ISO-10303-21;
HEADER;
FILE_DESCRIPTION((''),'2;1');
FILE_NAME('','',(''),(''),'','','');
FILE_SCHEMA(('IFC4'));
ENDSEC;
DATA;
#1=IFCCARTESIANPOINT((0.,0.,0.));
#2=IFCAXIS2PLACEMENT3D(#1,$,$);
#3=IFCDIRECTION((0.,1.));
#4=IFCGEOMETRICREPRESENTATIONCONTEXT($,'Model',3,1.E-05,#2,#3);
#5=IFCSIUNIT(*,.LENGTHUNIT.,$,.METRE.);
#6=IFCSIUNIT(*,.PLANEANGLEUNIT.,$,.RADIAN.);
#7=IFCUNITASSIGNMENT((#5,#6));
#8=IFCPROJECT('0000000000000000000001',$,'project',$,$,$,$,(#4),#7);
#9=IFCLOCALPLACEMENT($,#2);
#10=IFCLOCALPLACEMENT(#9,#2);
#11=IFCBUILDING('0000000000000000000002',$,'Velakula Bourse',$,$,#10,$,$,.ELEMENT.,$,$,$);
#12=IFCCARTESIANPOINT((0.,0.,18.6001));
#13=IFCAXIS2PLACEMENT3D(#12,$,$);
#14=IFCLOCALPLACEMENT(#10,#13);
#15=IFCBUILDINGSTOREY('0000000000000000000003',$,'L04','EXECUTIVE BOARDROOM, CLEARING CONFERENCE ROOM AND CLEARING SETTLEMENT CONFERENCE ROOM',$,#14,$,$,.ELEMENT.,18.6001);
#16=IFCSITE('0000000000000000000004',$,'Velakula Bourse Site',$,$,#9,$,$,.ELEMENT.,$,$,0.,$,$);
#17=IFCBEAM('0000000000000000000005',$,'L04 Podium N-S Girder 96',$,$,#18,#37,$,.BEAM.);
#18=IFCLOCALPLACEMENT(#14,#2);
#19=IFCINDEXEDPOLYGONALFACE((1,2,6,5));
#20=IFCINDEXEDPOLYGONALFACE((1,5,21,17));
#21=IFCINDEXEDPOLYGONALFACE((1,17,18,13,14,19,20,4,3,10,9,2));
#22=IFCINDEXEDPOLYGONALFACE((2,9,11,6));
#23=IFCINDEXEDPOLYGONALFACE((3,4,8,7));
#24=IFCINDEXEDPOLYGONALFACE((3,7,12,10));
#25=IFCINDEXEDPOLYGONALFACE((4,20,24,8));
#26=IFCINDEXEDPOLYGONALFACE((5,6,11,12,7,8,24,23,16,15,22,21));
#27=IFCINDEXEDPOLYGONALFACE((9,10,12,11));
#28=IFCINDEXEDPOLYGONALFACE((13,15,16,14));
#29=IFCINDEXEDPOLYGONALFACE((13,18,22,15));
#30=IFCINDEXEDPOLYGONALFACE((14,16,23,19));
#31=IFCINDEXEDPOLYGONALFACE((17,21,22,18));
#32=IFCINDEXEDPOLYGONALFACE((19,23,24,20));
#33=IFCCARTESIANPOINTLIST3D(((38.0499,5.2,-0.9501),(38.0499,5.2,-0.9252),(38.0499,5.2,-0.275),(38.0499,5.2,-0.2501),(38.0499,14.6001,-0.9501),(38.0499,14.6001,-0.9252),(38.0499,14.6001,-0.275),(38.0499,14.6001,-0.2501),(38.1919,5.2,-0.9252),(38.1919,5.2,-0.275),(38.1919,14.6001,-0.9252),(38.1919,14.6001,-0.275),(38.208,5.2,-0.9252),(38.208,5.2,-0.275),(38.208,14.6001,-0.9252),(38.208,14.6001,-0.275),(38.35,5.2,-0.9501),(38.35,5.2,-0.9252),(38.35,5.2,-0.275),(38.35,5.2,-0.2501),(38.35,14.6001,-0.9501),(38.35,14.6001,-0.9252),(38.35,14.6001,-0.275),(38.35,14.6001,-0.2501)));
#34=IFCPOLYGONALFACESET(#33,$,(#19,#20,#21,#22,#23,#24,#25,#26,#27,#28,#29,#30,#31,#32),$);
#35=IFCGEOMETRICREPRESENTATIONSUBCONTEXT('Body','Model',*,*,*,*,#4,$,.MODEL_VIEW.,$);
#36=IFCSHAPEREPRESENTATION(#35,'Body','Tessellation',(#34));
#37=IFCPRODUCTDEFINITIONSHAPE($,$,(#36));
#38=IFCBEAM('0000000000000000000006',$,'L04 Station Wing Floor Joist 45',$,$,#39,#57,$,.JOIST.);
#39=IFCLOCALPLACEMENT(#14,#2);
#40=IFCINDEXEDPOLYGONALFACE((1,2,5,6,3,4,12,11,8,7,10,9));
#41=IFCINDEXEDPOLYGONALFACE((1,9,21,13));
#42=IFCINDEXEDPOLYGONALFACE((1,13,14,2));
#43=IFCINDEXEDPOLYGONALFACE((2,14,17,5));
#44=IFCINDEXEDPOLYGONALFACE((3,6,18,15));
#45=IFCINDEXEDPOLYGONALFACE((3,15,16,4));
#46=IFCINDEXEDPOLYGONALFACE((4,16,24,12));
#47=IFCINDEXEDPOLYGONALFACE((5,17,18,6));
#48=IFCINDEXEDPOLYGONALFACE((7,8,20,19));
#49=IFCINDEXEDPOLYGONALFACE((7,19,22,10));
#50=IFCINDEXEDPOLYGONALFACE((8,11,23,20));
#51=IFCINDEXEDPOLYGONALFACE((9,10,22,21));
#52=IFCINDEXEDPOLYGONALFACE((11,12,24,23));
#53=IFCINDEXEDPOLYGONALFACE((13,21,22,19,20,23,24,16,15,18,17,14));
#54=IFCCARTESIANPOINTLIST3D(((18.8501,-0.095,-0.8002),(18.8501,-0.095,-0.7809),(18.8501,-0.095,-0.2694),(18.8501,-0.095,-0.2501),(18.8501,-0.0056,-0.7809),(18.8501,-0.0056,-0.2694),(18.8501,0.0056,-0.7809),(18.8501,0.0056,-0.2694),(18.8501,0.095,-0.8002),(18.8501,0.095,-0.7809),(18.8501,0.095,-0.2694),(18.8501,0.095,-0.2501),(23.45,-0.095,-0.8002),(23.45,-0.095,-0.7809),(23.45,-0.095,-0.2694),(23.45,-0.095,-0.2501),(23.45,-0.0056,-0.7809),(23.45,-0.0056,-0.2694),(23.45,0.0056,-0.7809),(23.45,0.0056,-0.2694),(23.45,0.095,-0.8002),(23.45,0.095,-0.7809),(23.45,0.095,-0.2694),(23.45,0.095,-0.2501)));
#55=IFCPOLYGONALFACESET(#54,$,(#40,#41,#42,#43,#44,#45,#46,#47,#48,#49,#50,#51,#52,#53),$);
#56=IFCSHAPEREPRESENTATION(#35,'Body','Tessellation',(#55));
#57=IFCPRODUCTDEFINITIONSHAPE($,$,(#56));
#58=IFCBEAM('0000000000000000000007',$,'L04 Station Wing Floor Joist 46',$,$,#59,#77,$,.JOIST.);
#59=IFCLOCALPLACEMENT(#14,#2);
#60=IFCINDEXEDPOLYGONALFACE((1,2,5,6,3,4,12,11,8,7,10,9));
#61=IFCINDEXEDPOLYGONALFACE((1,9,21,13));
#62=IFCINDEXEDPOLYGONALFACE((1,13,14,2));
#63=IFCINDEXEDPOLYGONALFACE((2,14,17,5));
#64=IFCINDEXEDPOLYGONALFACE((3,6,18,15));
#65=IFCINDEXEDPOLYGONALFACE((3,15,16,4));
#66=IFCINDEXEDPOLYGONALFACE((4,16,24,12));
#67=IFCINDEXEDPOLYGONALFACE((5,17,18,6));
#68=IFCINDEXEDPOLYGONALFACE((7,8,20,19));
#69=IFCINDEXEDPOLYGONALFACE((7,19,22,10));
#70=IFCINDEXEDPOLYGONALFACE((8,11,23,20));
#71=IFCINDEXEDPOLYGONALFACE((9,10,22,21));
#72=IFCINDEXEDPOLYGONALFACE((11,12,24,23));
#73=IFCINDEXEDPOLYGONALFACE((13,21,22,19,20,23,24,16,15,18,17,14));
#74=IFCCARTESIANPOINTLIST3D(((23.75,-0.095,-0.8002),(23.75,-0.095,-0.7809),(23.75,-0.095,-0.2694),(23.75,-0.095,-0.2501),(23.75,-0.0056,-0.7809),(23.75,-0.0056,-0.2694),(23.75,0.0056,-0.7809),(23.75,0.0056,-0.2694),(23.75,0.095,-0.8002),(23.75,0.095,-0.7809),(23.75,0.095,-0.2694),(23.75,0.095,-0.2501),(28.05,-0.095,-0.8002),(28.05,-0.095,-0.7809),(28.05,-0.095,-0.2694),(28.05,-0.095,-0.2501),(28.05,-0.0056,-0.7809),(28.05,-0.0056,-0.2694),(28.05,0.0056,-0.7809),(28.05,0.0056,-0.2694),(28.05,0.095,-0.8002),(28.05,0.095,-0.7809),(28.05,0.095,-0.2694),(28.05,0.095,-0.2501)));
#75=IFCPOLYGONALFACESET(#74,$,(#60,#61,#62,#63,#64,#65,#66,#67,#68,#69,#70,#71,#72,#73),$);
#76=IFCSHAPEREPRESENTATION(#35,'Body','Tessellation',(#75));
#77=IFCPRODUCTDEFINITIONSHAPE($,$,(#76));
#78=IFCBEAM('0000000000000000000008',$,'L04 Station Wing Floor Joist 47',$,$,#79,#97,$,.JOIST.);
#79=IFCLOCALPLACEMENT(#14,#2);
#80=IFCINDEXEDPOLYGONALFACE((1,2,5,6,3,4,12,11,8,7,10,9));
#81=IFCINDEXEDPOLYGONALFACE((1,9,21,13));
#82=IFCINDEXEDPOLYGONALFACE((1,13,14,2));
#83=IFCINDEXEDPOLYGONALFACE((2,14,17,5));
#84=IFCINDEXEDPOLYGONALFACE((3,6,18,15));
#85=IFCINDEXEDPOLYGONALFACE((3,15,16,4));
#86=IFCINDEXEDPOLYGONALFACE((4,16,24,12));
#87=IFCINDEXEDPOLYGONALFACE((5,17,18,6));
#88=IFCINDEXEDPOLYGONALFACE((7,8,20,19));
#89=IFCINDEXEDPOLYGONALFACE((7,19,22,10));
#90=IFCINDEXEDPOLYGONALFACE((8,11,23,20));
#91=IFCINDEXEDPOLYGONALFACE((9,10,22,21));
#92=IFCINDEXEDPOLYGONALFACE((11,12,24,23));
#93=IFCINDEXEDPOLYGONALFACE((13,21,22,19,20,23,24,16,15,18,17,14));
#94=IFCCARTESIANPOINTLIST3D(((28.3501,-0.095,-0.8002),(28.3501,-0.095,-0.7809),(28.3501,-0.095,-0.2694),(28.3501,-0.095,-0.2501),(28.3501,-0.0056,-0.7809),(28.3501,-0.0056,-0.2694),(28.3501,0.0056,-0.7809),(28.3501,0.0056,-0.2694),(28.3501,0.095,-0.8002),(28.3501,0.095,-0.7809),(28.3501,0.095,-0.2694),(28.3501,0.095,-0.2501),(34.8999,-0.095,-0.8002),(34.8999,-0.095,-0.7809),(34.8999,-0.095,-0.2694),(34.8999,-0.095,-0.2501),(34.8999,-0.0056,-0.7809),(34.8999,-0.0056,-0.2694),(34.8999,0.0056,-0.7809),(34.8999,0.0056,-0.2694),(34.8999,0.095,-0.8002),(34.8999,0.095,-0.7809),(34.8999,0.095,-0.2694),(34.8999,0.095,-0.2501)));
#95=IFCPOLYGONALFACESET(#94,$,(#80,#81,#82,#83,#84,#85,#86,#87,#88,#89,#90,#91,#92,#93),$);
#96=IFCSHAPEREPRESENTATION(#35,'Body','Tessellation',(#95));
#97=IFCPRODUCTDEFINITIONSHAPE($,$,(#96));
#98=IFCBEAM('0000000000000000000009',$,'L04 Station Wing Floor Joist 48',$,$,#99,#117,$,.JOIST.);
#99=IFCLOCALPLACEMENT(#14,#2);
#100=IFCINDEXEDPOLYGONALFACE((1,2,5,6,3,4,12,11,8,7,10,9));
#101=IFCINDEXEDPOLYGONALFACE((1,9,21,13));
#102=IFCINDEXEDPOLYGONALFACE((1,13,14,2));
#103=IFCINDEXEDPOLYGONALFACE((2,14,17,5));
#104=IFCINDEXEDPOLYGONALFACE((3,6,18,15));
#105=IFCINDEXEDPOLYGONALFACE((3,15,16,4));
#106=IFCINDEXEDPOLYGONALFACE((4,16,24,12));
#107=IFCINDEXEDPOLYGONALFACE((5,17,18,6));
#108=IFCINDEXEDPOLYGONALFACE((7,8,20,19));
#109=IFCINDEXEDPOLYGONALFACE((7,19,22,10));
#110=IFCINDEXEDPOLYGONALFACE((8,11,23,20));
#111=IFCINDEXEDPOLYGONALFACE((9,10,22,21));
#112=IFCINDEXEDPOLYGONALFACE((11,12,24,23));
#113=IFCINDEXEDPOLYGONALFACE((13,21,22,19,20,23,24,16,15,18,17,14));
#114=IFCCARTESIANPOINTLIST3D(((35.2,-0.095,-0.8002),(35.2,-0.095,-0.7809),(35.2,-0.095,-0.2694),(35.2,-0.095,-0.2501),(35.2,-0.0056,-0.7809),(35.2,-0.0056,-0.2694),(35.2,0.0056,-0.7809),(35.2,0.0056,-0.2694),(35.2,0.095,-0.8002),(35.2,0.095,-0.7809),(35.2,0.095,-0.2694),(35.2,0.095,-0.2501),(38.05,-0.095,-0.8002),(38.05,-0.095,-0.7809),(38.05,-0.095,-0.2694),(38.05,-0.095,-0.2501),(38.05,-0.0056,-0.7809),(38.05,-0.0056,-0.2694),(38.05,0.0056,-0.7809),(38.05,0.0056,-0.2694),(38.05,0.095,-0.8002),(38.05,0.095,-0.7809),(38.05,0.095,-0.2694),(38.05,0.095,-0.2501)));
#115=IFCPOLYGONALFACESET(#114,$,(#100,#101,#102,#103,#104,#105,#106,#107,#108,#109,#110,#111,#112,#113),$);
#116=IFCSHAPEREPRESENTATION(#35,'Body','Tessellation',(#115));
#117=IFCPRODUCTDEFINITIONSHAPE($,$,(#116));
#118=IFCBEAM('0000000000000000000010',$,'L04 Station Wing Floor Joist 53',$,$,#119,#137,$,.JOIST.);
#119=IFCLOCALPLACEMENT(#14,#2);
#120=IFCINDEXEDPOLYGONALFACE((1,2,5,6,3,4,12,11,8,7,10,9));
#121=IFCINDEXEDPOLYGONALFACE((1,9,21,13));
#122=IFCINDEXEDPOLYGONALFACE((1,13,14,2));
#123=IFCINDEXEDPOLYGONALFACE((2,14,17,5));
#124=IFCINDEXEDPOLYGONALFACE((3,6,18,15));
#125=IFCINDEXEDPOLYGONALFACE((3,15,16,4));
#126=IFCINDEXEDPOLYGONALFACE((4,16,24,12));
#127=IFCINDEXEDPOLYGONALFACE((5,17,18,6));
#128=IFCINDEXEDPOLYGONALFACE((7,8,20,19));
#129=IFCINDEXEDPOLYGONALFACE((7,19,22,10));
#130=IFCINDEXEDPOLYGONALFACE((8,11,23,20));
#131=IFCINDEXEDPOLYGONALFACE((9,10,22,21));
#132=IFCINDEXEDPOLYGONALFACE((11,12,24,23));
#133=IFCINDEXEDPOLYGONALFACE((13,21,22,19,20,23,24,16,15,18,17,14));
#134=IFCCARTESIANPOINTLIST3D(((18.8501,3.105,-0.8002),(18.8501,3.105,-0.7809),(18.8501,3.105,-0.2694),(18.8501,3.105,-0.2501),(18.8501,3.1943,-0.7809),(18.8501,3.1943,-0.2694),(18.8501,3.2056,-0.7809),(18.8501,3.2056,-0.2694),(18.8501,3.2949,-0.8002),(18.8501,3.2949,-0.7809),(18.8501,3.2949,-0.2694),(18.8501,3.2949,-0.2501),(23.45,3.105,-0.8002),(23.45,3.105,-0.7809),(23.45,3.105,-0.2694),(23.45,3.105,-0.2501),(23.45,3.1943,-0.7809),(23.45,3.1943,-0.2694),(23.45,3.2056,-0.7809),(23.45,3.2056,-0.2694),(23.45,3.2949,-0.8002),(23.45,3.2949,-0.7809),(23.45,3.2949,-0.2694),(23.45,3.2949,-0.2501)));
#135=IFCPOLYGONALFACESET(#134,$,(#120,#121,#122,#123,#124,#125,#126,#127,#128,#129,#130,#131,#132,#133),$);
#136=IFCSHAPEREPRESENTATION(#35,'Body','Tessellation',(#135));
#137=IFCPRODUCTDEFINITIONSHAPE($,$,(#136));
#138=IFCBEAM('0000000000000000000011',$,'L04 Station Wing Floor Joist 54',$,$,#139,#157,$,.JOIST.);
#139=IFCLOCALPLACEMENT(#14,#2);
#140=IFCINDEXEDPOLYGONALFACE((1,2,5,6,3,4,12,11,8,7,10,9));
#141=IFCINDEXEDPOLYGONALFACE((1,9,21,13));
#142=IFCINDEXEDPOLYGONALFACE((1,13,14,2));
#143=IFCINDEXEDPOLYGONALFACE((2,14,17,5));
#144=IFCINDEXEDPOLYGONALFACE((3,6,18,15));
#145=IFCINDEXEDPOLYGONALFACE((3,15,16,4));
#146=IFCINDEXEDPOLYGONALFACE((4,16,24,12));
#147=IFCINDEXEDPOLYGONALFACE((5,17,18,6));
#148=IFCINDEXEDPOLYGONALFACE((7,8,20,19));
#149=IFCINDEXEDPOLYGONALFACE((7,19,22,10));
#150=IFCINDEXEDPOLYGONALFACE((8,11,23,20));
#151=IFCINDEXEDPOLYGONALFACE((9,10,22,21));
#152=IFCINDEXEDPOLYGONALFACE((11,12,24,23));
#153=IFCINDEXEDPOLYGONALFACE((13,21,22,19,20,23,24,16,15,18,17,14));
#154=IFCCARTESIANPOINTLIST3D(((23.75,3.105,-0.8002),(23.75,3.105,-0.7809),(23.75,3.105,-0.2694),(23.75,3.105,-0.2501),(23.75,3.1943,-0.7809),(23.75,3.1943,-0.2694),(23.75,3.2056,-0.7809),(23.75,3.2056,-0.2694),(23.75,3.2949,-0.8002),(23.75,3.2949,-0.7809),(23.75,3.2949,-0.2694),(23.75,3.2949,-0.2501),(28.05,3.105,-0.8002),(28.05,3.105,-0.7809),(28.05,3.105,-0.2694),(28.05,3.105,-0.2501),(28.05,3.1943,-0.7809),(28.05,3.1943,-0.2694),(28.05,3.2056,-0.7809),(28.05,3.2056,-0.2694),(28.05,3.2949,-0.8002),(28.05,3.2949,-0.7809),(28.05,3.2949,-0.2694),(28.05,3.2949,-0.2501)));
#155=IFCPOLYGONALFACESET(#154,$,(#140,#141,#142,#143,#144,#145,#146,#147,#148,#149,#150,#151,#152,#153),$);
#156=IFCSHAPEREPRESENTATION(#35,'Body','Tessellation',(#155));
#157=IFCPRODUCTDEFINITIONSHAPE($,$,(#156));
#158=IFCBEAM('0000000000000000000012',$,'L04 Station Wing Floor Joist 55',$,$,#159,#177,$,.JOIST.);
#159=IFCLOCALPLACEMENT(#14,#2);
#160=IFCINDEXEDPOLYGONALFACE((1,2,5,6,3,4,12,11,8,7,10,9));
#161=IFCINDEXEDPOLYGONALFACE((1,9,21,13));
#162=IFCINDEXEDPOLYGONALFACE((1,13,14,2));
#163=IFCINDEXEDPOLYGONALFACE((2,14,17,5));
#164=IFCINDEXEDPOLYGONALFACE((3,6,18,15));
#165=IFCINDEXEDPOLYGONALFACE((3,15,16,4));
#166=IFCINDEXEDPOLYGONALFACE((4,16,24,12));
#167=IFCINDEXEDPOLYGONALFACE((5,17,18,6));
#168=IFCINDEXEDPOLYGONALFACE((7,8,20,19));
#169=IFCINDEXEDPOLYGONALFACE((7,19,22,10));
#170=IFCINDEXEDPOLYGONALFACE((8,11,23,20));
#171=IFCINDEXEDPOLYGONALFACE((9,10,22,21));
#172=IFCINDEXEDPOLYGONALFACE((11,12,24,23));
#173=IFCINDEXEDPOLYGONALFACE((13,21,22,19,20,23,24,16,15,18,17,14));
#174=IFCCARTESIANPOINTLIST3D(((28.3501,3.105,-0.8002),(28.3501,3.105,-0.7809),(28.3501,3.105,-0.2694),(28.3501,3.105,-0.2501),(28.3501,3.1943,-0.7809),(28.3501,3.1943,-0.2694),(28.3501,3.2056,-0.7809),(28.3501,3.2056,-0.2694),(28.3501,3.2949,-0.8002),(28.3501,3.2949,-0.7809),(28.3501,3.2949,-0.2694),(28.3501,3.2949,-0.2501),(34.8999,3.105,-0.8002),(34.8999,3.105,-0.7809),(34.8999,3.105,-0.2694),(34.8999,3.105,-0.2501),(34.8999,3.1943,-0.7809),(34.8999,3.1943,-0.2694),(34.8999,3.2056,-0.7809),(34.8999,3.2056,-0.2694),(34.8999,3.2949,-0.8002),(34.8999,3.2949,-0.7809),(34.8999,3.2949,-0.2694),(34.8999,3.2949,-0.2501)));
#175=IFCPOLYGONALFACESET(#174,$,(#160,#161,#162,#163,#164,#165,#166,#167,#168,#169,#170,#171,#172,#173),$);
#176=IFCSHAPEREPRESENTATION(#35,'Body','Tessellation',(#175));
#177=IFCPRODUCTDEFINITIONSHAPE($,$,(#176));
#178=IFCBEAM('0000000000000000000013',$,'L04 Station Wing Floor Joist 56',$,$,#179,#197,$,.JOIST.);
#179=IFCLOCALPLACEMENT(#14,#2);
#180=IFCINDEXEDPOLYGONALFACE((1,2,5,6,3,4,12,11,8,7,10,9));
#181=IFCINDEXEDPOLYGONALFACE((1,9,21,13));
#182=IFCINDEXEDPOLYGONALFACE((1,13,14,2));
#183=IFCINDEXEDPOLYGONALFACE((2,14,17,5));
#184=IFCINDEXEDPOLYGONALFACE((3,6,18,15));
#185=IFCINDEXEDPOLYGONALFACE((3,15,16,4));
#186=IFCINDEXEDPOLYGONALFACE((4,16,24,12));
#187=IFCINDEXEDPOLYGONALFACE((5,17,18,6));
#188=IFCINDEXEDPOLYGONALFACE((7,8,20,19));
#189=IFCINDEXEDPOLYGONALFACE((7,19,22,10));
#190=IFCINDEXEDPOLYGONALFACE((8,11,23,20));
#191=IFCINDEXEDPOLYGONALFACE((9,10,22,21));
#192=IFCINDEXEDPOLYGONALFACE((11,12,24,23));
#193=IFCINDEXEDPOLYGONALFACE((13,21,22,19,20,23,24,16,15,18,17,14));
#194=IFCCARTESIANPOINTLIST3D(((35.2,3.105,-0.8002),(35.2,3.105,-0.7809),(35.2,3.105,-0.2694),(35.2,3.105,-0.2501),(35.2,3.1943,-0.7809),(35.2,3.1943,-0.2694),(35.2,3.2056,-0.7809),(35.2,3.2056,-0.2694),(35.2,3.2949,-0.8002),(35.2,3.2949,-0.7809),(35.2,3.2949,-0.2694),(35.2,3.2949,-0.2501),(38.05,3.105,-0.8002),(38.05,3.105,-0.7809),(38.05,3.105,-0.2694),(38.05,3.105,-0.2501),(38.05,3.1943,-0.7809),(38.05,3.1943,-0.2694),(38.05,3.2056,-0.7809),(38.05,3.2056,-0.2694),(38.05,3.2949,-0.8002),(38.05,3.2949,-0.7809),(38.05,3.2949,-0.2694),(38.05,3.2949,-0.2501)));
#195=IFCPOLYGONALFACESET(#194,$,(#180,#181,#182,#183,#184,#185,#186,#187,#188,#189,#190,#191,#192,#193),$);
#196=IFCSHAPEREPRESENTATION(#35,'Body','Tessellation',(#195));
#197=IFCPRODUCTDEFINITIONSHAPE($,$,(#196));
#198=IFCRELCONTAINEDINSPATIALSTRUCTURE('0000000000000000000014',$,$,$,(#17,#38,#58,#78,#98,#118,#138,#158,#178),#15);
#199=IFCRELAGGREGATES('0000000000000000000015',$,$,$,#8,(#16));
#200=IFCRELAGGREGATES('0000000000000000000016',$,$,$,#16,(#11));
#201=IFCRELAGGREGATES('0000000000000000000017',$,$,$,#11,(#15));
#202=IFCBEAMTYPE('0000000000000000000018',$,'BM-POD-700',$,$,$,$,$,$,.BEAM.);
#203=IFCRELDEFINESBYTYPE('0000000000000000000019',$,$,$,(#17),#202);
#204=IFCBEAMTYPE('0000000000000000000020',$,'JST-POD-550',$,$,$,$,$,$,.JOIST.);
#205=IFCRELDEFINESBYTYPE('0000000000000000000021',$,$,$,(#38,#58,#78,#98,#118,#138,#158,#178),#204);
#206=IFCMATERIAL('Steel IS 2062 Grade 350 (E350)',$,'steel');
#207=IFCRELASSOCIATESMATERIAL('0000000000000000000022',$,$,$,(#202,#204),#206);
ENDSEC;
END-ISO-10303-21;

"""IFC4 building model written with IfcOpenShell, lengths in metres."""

from ifc_helpers import new_model, si_unit, direction, frame, origin, origin_2d, place, context, subcontext, project, spatial, i_section, extrude, material, material_profile, profile_set, type_object, element, save


model = new_model("IFC4")

# Units and contexts
model_context = context("Model", 3, precision=1e-05, world=origin(), true_north=direction((0.0, 1.0)))
body_context = subcontext(model_context, "Body", "Model", "MODEL_VIEW")
ifc_project = project(units=[si_unit("LENGTHUNIT", "METRE"), si_unit("PLANEANGLEUNIT", "RADIAN")], contexts=[model_context])

# Site, building, storey
site_placement = place(None, origin())
site = spatial("IfcSite", under=ifc_project, at=site_placement, Name="Velakula Bourse Site", CompositionType="ELEMENT", RefElevation=0.0)
building_placement = place(site_placement, origin())
building = spatial("IfcBuilding", under=site, at=building_placement, Name="Velakula Bourse", CompositionType="ELEMENT")
storey_placement = place(building_placement, frame((0.0, 0.0, 18.6001)))
storey = spatial("IfcBuildingStorey", under=building, at=storey_placement, Name="L04", Description="EXECUTIVE BOARDROOM, CLEARING CONFERENCE ROOM AND CLEARING SETTLEMENT CONFERENCE ROOM", CompositionType="ELEMENT", Elevation=18.6001)

# Beams
ifc_material_1 = material(Name="Steel IS 2062 Grade 350 (E350)", Category="steel")
ifc_material_profile_1 = material_profile(ifc_material_1, i_section(OverallWidth=0.3, OverallDepth=0.7, WebThickness=0.0161, FlangeThickness=0.0249, at=origin_2d()), Name="Steel IS 2062 Grade 350 (E350)")
ifc_profile_set_1 = profile_set([ifc_material_profile_1], Name="Steel IS 2062 Grade 350 (E350)")
beam_type_1 = type_object("IfcBeamType", Name="BM-POD-700", PredefinedType="BEAM", material=ifc_profile_set_1)
beam_1_placement = place(storey_placement, frame((38.2, 5.2, -0.6001), z_axis=(0.0, 1.0, 0.0), x_axis=(-1.0, 0.0, 0.0)))
element("IfcBeam", 1, at=beam_1_placement, inside=storey, type_object=beam_type_1, Name="L04 Podium N-S Girder 96", PredefinedType="BEAM", context=body_context, shape_type="SweptSolid", body=[
    extrude(i_section(OverallWidth=0.3, OverallDepth=0.7, WebThickness=0.0161, FlangeThickness=0.0249, at=origin_2d()), origin(), (0.0, 0.0, 1.0), 9.4001),
])
ifc_material_profile_2 = material_profile(ifc_material_1, i_section(OverallWidth=0.1899, OverallDepth=0.55, WebThickness=0.0112, FlangeThickness=0.0193, at=origin_2d()), Name="Steel IS 2062 Grade 350 (E350)")
ifc_profile_set_2 = profile_set([ifc_material_profile_2], Name="Steel IS 2062 Grade 350 (E350)")
beam_type_2 = type_object("IfcBeamType", Name="JST-POD-550", PredefinedType="JOIST", material=ifc_profile_set_2)
beam_2_placement = place(storey_placement, frame((18.8501, 0.0, -0.5251), z_axis=(1.0, 0.0, 0.0), x_axis=(0.0, 1.0, 0.0)))
element("IfcBeam", 2, at=beam_2_placement, inside=storey, type_object=beam_type_2, Name="L04 Station Wing Floor Joist 45", PredefinedType="JOIST", context=body_context, shape_type="SweptSolid", body=[
    extrude(i_section(OverallWidth=0.1899, OverallDepth=0.55, WebThickness=0.0112, FlangeThickness=0.0193, at=origin_2d()), origin(), (0.0, 0.0, 1.0), 4.5999),
])
beam_3_placement = place(storey_placement, frame((23.75, 0.0, -0.5251), z_axis=(1.0, 0.0, 0.0), x_axis=(0.0, 1.0, 0.0)))
element("IfcBeam", 3, at=beam_3_placement, inside=storey, type_object=beam_type_2, Name="L04 Station Wing Floor Joist 46", PredefinedType="JOIST", context=body_context, shape_type="SweptSolid", body=[
    extrude(i_section(OverallWidth=0.1899, OverallDepth=0.55, WebThickness=0.0112, FlangeThickness=0.0193, at=origin_2d()), origin(), (0.0, 0.0, 1.0), 4.3),
])
beam_4_placement = place(storey_placement, frame((28.3501, 0.0, -0.5251), z_axis=(1.0, 0.0, 0.0), x_axis=(0.0, 1.0, 0.0)))
element("IfcBeam", 4, at=beam_4_placement, inside=storey, type_object=beam_type_2, Name="L04 Station Wing Floor Joist 47", PredefinedType="JOIST", context=body_context, shape_type="SweptSolid", body=[
    extrude(i_section(OverallWidth=0.1899, OverallDepth=0.55, WebThickness=0.0112, FlangeThickness=0.0193, at=origin_2d()), origin(), (0.0, 0.0, 1.0), 6.5498),
])
beam_5_placement = place(storey_placement, frame((35.2, 0.0, -0.5251), z_axis=(1.0, 0.0, 0.0), x_axis=(0.0, 1.0, 0.0)))
element("IfcBeam", 5, at=beam_5_placement, inside=storey, type_object=beam_type_2, Name="L04 Station Wing Floor Joist 48", PredefinedType="JOIST", context=body_context, shape_type="SweptSolid", body=[
    extrude(i_section(OverallWidth=0.1899, OverallDepth=0.55, WebThickness=0.0112, FlangeThickness=0.0193, at=origin_2d()), origin(), (0.0, 0.0, 1.0), 2.8501),
])
beam_6_placement = place(storey_placement, frame((18.8501, 3.2, -0.5251), z_axis=(1.0, 0.0, 0.0), x_axis=(0.0, 1.0, 0.0)))
element("IfcBeam", 6, at=beam_6_placement, inside=storey, type_object=beam_type_2, Name="L04 Station Wing Floor Joist 53", PredefinedType="JOIST", context=body_context, shape_type="SweptSolid", body=[
    extrude(i_section(OverallWidth=0.1899, OverallDepth=0.55, WebThickness=0.0112, FlangeThickness=0.0193, at=origin_2d()), origin(), (0.0, 0.0, 1.0), 4.5999),
])
beam_7_placement = place(storey_placement, frame((23.75, 3.2, -0.5251), z_axis=(1.0, 0.0, 0.0), x_axis=(0.0, 1.0, 0.0)))
element("IfcBeam", 7, at=beam_7_placement, inside=storey, type_object=beam_type_2, Name="L04 Station Wing Floor Joist 54", PredefinedType="JOIST", context=body_context, shape_type="SweptSolid", body=[
    extrude(i_section(OverallWidth=0.1899, OverallDepth=0.55, WebThickness=0.0112, FlangeThickness=0.0193, at=origin_2d()), origin(), (0.0, 0.0, 1.0), 4.3),
])
beam_8_placement = place(storey_placement, frame((28.3501, 3.2, -0.5251), z_axis=(1.0, 0.0, 0.0), x_axis=(0.0, 1.0, 0.0)))
element("IfcBeam", 8, at=beam_8_placement, inside=storey, type_object=beam_type_2, Name="L04 Station Wing Floor Joist 55", PredefinedType="JOIST", context=body_context, shape_type="SweptSolid", body=[
    extrude(i_section(OverallWidth=0.1899, OverallDepth=0.55, WebThickness=0.0112, FlangeThickness=0.0193, at=origin_2d()), origin(), (0.0, 0.0, 1.0), 6.5498),
])
beam_9_placement = place(storey_placement, frame((35.2, 3.2, -0.5251), z_axis=(1.0, 0.0, 0.0), x_axis=(0.0, 1.0, 0.0)))
element("IfcBeam", 9, at=beam_9_placement, inside=storey, type_object=beam_type_2, Name="L04 Station Wing Floor Joist 56", PredefinedType="JOIST", context=body_context, shape_type="SweptSolid", body=[
    extrude(i_section(OverallWidth=0.1899, OverallDepth=0.55, WebThickness=0.0112, FlangeThickness=0.0193, at=origin_2d()), origin(), (0.0, 0.0, 1.0), 2.8501),
])

save(model, "model.ifc")
